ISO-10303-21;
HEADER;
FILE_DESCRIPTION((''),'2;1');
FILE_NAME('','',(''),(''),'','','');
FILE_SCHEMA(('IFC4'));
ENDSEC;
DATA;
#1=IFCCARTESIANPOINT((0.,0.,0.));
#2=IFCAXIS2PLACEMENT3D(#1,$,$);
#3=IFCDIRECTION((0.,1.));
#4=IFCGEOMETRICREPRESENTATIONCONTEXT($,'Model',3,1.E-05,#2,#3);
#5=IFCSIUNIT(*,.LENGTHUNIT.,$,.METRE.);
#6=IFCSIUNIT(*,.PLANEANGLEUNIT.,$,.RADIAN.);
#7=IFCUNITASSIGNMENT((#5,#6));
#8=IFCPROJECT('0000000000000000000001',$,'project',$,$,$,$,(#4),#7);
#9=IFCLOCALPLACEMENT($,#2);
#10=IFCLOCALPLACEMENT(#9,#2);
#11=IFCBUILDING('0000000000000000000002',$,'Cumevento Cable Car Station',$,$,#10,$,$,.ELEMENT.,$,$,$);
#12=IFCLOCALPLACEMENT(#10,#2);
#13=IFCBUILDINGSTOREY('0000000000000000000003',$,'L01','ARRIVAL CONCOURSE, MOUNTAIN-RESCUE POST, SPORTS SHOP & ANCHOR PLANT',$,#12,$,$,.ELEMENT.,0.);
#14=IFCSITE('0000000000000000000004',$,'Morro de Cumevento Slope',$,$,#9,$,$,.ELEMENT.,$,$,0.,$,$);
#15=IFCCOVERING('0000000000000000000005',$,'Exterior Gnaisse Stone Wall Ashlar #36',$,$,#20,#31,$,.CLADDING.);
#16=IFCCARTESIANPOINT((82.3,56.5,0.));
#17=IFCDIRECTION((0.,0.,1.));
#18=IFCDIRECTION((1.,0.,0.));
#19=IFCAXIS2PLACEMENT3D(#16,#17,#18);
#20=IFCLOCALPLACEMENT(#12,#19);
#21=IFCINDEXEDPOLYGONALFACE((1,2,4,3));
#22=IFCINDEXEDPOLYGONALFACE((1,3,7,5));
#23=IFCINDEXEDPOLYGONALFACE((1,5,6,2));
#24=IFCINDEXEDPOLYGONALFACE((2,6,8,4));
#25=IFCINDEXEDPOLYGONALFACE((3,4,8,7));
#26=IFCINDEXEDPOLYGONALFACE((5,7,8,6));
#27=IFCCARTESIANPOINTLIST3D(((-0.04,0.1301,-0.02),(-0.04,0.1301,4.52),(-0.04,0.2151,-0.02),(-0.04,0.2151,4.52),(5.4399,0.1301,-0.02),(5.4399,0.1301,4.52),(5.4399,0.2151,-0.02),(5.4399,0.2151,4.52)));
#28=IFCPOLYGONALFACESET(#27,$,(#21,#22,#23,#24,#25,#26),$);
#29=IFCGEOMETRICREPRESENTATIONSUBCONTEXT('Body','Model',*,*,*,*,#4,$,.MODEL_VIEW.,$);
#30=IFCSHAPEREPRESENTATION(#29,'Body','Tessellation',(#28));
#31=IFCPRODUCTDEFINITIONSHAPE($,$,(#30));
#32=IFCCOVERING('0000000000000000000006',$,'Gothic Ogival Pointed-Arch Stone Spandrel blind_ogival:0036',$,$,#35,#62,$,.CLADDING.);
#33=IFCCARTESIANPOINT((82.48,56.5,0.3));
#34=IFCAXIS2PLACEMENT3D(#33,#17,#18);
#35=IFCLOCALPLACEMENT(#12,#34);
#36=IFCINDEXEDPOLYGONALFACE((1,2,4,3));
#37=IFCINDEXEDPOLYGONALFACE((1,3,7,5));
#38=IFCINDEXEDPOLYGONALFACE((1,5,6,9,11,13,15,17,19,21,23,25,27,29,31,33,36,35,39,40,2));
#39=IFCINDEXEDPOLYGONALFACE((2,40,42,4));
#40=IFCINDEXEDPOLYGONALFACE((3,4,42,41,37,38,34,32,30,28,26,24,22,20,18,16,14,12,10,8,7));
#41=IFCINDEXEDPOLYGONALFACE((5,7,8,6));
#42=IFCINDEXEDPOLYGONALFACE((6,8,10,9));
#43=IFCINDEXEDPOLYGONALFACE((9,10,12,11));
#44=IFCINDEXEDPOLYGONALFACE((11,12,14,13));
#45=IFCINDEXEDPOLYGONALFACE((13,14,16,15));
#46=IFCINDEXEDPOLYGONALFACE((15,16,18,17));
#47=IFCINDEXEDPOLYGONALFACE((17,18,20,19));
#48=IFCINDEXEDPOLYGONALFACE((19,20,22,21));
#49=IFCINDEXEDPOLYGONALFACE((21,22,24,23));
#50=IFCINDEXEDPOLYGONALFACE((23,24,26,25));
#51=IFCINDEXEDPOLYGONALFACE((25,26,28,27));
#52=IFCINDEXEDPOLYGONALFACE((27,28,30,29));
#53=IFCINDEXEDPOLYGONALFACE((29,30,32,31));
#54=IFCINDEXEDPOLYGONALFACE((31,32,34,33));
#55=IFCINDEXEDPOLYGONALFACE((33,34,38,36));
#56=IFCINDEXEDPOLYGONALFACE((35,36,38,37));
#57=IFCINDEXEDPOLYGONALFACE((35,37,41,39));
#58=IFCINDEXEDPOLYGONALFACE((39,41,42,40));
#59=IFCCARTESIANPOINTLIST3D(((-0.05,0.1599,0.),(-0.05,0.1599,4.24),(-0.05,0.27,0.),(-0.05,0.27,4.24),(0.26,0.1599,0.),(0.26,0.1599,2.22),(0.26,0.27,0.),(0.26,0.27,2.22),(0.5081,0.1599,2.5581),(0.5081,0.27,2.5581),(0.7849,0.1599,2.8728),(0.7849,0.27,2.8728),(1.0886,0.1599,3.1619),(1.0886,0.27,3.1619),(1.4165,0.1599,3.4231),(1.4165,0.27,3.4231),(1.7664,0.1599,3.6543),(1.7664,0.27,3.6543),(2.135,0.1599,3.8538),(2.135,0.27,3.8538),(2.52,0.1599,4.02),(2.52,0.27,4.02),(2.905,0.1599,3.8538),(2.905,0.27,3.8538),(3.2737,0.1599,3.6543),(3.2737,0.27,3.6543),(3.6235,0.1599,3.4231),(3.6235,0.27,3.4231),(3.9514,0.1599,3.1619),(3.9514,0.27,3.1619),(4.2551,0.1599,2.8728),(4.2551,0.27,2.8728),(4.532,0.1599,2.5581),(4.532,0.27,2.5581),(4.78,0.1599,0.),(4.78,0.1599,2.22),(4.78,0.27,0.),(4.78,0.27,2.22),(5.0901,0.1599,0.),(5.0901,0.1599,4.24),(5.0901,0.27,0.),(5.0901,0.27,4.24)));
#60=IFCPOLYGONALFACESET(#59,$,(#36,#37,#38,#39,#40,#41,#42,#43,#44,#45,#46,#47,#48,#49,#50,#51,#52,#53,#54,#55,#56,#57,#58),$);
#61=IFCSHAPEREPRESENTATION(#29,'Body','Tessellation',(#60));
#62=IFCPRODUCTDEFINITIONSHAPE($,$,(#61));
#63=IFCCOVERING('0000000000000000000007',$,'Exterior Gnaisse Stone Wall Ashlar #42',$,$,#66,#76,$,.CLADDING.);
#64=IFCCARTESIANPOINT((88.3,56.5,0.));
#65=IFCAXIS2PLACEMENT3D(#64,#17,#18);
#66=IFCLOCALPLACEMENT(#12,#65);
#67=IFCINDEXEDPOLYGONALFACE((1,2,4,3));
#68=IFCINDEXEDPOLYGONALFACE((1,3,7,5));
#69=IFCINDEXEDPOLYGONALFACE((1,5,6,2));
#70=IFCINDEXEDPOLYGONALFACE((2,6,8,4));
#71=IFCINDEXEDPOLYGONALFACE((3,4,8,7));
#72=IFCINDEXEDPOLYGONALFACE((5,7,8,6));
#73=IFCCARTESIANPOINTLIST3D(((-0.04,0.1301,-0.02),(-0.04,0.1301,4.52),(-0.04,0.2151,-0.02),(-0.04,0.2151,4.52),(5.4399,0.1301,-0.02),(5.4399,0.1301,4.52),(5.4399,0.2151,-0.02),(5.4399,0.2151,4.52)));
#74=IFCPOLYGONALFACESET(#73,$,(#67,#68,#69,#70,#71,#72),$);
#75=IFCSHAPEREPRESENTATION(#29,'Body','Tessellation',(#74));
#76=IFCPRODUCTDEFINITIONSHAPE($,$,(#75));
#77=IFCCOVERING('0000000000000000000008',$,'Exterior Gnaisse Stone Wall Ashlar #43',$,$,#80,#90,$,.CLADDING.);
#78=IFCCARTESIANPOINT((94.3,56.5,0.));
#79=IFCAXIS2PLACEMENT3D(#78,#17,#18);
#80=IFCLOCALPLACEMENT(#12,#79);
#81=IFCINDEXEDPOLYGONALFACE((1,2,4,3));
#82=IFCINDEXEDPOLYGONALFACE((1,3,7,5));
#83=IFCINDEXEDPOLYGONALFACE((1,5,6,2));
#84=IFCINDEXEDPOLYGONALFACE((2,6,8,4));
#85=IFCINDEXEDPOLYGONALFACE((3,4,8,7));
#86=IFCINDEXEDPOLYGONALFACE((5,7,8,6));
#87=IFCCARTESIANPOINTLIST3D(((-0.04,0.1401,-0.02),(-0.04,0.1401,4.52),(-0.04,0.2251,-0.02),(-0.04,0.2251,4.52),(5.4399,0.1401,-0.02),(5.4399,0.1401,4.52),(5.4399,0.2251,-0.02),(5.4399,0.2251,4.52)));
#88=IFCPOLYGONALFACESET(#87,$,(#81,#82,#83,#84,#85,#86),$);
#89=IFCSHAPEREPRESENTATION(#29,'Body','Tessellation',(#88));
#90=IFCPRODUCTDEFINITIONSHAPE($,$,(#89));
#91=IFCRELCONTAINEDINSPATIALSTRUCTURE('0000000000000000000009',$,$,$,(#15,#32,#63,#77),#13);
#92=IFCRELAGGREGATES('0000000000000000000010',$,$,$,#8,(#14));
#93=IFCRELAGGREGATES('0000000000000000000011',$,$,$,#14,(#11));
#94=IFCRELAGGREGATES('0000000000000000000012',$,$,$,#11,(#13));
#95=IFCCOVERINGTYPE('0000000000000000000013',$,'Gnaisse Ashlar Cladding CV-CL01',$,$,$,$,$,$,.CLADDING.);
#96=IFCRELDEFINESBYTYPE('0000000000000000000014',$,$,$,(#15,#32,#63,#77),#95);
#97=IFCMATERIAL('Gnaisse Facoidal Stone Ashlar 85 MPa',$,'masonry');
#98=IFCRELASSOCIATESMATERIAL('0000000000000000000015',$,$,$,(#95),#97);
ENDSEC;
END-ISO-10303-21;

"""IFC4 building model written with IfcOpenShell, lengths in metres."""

from ifc_helpers import new_model, si_unit, direction, frame, origin, place, context, subcontext, project, spatial, polyline, outline, extrude, material, type_object, element, save


model = new_model("IFC4")

# Units and contexts
model_context = context("Model", 3, precision=1e-05, world=origin(), true_north=direction((0.0, 1.0)))
body_context = subcontext(model_context, "Body", "Model", "MODEL_VIEW")
ifc_project = project(units=[si_unit("LENGTHUNIT", "METRE"), si_unit("PLANEANGLEUNIT", "RADIAN")], contexts=[model_context])

# Site, building, storey
site_placement = place(None, origin())
site = spatial("IfcSite", under=ifc_project, at=site_placement, Name="Morro de Cumevento Slope", CompositionType="ELEMENT", RefElevation=0.0)
building_placement = place(site_placement, origin())
building = spatial("IfcBuilding", under=site, at=building_placement, Name="Cumevento Cable Car Station", CompositionType="ELEMENT")
storey_placement = place(building_placement, origin())
storey = spatial("IfcBuildingStorey", under=building, at=storey_placement, Name="L01", Description="ARRIVAL CONCOURSE, MOUNTAIN-RESCUE POST, SPORTS SHOP & ANCHOR PLANT", CompositionType="ELEMENT", Elevation=0.0)

# Coverings
ifc_material_1 = material(Name="Gnaisse Facoidal Stone Ashlar 85 MPa", Category="masonry")
covering_type = type_object("IfcCoveringType", Name="Gnaisse Ashlar Cladding CV-CL01", PredefinedType="CLADDING", material=ifc_material_1)
covering_1_placement = place(storey_placement, frame((82.3, 56.5, 0.0), z_axis=(0.0, 0.0, 1.0), x_axis=(1.0, 0.0, 0.0)))
element("IfcCovering", 1, at=covering_1_placement, inside=storey, type_object=covering_type, Name="Exterior Gnaisse Stone Wall Ashlar #36", PredefinedType="CLADDING", context=body_context, shape_type="SweptSolid", body=[
    extrude(outline(polyline([(-0.04, -0.02), (5.4399, -0.02), (5.4399, 4.52), (-0.04, 4.52), (-0.04, -0.02)])), frame((0.0, 0.2151, 0.0), z_axis=(0.0, -1.0, 0.0), x_axis=(1.0, 0.0, 0.0)), (0.0, 0.0, 1.0), 0.085),
])
covering_2_placement = place(storey_placement, frame((82.48, 56.5, 0.3), z_axis=(0.0, 0.0, 1.0), x_axis=(1.0, 0.0, 0.0)))
element("IfcCovering", 2, at=covering_2_placement, inside=storey, type_object=covering_type, Name="Gothic Ogival Pointed-Arch Stone Spandrel blind_ogival:0036", PredefinedType="CLADDING", context=body_context, shape_type="SweptSolid", body=[
    extrude(outline(polyline([(-0.05, 0.0), (-0.05, 4.24), (5.0901, 4.24), (5.0901, 0.0), (4.78, 0.0), (4.78, 2.22), (4.532, 2.5581), (4.2551, 2.8728), (3.9514, 3.1619), (3.6235, 3.4231), (3.2737, 3.6543), (2.905, 3.8538), (2.52, 4.02), (2.135, 3.8538), (1.7664, 3.6543), (1.4165, 3.4231), (1.0886, 3.1619), (0.7849, 2.8728), (0.5081, 2.5581), (0.26, 2.22), (0.26, 0.0), (-0.05, 0.0)])), frame((0.0, 0.27, 0.0), z_axis=(0.0, -1.0, 0.0), x_axis=(1.0, 0.0, 0.0)), (0.0, 0.0, 1.0), 0.1101),
])
covering_3_placement = place(storey_placement, frame((88.3, 56.5, 0.0), z_axis=(0.0, 0.0, 1.0), x_axis=(1.0, 0.0, 0.0)))
element("IfcCovering", 3, at=covering_3_placement, inside=storey, type_object=covering_type, Name="Exterior Gnaisse Stone Wall Ashlar #42", PredefinedType="CLADDING", context=body_context, shape_type="SweptSolid", body=[
    extrude(outline(polyline([(-0.04, -0.02), (5.4399, -0.02), (5.4399, 4.52), (-0.04, 4.52), (-0.04, -0.02)])), frame((0.0, 0.2151, 0.0), z_axis=(0.0, -1.0, 0.0), x_axis=(1.0, 0.0, 0.0)), (0.0, 0.0, 1.0), 0.085),
])
covering_4_placement = place(storey_placement, frame((94.3, 56.5, 0.0), z_axis=(0.0, 0.0, 1.0), x_axis=(1.0, 0.0, 0.0)))
element("IfcCovering", 4, at=covering_4_placement, inside=storey, type_object=covering_type, Name="Exterior Gnaisse Stone Wall Ashlar #43", PredefinedType="CLADDING", context=body_context, shape_type="SweptSolid", body=[
    extrude(outline(polyline([(-0.04, -0.02), (5.4399, -0.02), (5.4399, 4.52), (-0.04, 4.52), (-0.04, -0.02)])), frame((0.0, 0.2251, 0.0), z_axis=(0.0, -1.0, 0.0), x_axis=(1.0, 0.0, 0.0)), (0.0, 0.0, 1.0), 0.085),
])

save(model, "model.ifc")
